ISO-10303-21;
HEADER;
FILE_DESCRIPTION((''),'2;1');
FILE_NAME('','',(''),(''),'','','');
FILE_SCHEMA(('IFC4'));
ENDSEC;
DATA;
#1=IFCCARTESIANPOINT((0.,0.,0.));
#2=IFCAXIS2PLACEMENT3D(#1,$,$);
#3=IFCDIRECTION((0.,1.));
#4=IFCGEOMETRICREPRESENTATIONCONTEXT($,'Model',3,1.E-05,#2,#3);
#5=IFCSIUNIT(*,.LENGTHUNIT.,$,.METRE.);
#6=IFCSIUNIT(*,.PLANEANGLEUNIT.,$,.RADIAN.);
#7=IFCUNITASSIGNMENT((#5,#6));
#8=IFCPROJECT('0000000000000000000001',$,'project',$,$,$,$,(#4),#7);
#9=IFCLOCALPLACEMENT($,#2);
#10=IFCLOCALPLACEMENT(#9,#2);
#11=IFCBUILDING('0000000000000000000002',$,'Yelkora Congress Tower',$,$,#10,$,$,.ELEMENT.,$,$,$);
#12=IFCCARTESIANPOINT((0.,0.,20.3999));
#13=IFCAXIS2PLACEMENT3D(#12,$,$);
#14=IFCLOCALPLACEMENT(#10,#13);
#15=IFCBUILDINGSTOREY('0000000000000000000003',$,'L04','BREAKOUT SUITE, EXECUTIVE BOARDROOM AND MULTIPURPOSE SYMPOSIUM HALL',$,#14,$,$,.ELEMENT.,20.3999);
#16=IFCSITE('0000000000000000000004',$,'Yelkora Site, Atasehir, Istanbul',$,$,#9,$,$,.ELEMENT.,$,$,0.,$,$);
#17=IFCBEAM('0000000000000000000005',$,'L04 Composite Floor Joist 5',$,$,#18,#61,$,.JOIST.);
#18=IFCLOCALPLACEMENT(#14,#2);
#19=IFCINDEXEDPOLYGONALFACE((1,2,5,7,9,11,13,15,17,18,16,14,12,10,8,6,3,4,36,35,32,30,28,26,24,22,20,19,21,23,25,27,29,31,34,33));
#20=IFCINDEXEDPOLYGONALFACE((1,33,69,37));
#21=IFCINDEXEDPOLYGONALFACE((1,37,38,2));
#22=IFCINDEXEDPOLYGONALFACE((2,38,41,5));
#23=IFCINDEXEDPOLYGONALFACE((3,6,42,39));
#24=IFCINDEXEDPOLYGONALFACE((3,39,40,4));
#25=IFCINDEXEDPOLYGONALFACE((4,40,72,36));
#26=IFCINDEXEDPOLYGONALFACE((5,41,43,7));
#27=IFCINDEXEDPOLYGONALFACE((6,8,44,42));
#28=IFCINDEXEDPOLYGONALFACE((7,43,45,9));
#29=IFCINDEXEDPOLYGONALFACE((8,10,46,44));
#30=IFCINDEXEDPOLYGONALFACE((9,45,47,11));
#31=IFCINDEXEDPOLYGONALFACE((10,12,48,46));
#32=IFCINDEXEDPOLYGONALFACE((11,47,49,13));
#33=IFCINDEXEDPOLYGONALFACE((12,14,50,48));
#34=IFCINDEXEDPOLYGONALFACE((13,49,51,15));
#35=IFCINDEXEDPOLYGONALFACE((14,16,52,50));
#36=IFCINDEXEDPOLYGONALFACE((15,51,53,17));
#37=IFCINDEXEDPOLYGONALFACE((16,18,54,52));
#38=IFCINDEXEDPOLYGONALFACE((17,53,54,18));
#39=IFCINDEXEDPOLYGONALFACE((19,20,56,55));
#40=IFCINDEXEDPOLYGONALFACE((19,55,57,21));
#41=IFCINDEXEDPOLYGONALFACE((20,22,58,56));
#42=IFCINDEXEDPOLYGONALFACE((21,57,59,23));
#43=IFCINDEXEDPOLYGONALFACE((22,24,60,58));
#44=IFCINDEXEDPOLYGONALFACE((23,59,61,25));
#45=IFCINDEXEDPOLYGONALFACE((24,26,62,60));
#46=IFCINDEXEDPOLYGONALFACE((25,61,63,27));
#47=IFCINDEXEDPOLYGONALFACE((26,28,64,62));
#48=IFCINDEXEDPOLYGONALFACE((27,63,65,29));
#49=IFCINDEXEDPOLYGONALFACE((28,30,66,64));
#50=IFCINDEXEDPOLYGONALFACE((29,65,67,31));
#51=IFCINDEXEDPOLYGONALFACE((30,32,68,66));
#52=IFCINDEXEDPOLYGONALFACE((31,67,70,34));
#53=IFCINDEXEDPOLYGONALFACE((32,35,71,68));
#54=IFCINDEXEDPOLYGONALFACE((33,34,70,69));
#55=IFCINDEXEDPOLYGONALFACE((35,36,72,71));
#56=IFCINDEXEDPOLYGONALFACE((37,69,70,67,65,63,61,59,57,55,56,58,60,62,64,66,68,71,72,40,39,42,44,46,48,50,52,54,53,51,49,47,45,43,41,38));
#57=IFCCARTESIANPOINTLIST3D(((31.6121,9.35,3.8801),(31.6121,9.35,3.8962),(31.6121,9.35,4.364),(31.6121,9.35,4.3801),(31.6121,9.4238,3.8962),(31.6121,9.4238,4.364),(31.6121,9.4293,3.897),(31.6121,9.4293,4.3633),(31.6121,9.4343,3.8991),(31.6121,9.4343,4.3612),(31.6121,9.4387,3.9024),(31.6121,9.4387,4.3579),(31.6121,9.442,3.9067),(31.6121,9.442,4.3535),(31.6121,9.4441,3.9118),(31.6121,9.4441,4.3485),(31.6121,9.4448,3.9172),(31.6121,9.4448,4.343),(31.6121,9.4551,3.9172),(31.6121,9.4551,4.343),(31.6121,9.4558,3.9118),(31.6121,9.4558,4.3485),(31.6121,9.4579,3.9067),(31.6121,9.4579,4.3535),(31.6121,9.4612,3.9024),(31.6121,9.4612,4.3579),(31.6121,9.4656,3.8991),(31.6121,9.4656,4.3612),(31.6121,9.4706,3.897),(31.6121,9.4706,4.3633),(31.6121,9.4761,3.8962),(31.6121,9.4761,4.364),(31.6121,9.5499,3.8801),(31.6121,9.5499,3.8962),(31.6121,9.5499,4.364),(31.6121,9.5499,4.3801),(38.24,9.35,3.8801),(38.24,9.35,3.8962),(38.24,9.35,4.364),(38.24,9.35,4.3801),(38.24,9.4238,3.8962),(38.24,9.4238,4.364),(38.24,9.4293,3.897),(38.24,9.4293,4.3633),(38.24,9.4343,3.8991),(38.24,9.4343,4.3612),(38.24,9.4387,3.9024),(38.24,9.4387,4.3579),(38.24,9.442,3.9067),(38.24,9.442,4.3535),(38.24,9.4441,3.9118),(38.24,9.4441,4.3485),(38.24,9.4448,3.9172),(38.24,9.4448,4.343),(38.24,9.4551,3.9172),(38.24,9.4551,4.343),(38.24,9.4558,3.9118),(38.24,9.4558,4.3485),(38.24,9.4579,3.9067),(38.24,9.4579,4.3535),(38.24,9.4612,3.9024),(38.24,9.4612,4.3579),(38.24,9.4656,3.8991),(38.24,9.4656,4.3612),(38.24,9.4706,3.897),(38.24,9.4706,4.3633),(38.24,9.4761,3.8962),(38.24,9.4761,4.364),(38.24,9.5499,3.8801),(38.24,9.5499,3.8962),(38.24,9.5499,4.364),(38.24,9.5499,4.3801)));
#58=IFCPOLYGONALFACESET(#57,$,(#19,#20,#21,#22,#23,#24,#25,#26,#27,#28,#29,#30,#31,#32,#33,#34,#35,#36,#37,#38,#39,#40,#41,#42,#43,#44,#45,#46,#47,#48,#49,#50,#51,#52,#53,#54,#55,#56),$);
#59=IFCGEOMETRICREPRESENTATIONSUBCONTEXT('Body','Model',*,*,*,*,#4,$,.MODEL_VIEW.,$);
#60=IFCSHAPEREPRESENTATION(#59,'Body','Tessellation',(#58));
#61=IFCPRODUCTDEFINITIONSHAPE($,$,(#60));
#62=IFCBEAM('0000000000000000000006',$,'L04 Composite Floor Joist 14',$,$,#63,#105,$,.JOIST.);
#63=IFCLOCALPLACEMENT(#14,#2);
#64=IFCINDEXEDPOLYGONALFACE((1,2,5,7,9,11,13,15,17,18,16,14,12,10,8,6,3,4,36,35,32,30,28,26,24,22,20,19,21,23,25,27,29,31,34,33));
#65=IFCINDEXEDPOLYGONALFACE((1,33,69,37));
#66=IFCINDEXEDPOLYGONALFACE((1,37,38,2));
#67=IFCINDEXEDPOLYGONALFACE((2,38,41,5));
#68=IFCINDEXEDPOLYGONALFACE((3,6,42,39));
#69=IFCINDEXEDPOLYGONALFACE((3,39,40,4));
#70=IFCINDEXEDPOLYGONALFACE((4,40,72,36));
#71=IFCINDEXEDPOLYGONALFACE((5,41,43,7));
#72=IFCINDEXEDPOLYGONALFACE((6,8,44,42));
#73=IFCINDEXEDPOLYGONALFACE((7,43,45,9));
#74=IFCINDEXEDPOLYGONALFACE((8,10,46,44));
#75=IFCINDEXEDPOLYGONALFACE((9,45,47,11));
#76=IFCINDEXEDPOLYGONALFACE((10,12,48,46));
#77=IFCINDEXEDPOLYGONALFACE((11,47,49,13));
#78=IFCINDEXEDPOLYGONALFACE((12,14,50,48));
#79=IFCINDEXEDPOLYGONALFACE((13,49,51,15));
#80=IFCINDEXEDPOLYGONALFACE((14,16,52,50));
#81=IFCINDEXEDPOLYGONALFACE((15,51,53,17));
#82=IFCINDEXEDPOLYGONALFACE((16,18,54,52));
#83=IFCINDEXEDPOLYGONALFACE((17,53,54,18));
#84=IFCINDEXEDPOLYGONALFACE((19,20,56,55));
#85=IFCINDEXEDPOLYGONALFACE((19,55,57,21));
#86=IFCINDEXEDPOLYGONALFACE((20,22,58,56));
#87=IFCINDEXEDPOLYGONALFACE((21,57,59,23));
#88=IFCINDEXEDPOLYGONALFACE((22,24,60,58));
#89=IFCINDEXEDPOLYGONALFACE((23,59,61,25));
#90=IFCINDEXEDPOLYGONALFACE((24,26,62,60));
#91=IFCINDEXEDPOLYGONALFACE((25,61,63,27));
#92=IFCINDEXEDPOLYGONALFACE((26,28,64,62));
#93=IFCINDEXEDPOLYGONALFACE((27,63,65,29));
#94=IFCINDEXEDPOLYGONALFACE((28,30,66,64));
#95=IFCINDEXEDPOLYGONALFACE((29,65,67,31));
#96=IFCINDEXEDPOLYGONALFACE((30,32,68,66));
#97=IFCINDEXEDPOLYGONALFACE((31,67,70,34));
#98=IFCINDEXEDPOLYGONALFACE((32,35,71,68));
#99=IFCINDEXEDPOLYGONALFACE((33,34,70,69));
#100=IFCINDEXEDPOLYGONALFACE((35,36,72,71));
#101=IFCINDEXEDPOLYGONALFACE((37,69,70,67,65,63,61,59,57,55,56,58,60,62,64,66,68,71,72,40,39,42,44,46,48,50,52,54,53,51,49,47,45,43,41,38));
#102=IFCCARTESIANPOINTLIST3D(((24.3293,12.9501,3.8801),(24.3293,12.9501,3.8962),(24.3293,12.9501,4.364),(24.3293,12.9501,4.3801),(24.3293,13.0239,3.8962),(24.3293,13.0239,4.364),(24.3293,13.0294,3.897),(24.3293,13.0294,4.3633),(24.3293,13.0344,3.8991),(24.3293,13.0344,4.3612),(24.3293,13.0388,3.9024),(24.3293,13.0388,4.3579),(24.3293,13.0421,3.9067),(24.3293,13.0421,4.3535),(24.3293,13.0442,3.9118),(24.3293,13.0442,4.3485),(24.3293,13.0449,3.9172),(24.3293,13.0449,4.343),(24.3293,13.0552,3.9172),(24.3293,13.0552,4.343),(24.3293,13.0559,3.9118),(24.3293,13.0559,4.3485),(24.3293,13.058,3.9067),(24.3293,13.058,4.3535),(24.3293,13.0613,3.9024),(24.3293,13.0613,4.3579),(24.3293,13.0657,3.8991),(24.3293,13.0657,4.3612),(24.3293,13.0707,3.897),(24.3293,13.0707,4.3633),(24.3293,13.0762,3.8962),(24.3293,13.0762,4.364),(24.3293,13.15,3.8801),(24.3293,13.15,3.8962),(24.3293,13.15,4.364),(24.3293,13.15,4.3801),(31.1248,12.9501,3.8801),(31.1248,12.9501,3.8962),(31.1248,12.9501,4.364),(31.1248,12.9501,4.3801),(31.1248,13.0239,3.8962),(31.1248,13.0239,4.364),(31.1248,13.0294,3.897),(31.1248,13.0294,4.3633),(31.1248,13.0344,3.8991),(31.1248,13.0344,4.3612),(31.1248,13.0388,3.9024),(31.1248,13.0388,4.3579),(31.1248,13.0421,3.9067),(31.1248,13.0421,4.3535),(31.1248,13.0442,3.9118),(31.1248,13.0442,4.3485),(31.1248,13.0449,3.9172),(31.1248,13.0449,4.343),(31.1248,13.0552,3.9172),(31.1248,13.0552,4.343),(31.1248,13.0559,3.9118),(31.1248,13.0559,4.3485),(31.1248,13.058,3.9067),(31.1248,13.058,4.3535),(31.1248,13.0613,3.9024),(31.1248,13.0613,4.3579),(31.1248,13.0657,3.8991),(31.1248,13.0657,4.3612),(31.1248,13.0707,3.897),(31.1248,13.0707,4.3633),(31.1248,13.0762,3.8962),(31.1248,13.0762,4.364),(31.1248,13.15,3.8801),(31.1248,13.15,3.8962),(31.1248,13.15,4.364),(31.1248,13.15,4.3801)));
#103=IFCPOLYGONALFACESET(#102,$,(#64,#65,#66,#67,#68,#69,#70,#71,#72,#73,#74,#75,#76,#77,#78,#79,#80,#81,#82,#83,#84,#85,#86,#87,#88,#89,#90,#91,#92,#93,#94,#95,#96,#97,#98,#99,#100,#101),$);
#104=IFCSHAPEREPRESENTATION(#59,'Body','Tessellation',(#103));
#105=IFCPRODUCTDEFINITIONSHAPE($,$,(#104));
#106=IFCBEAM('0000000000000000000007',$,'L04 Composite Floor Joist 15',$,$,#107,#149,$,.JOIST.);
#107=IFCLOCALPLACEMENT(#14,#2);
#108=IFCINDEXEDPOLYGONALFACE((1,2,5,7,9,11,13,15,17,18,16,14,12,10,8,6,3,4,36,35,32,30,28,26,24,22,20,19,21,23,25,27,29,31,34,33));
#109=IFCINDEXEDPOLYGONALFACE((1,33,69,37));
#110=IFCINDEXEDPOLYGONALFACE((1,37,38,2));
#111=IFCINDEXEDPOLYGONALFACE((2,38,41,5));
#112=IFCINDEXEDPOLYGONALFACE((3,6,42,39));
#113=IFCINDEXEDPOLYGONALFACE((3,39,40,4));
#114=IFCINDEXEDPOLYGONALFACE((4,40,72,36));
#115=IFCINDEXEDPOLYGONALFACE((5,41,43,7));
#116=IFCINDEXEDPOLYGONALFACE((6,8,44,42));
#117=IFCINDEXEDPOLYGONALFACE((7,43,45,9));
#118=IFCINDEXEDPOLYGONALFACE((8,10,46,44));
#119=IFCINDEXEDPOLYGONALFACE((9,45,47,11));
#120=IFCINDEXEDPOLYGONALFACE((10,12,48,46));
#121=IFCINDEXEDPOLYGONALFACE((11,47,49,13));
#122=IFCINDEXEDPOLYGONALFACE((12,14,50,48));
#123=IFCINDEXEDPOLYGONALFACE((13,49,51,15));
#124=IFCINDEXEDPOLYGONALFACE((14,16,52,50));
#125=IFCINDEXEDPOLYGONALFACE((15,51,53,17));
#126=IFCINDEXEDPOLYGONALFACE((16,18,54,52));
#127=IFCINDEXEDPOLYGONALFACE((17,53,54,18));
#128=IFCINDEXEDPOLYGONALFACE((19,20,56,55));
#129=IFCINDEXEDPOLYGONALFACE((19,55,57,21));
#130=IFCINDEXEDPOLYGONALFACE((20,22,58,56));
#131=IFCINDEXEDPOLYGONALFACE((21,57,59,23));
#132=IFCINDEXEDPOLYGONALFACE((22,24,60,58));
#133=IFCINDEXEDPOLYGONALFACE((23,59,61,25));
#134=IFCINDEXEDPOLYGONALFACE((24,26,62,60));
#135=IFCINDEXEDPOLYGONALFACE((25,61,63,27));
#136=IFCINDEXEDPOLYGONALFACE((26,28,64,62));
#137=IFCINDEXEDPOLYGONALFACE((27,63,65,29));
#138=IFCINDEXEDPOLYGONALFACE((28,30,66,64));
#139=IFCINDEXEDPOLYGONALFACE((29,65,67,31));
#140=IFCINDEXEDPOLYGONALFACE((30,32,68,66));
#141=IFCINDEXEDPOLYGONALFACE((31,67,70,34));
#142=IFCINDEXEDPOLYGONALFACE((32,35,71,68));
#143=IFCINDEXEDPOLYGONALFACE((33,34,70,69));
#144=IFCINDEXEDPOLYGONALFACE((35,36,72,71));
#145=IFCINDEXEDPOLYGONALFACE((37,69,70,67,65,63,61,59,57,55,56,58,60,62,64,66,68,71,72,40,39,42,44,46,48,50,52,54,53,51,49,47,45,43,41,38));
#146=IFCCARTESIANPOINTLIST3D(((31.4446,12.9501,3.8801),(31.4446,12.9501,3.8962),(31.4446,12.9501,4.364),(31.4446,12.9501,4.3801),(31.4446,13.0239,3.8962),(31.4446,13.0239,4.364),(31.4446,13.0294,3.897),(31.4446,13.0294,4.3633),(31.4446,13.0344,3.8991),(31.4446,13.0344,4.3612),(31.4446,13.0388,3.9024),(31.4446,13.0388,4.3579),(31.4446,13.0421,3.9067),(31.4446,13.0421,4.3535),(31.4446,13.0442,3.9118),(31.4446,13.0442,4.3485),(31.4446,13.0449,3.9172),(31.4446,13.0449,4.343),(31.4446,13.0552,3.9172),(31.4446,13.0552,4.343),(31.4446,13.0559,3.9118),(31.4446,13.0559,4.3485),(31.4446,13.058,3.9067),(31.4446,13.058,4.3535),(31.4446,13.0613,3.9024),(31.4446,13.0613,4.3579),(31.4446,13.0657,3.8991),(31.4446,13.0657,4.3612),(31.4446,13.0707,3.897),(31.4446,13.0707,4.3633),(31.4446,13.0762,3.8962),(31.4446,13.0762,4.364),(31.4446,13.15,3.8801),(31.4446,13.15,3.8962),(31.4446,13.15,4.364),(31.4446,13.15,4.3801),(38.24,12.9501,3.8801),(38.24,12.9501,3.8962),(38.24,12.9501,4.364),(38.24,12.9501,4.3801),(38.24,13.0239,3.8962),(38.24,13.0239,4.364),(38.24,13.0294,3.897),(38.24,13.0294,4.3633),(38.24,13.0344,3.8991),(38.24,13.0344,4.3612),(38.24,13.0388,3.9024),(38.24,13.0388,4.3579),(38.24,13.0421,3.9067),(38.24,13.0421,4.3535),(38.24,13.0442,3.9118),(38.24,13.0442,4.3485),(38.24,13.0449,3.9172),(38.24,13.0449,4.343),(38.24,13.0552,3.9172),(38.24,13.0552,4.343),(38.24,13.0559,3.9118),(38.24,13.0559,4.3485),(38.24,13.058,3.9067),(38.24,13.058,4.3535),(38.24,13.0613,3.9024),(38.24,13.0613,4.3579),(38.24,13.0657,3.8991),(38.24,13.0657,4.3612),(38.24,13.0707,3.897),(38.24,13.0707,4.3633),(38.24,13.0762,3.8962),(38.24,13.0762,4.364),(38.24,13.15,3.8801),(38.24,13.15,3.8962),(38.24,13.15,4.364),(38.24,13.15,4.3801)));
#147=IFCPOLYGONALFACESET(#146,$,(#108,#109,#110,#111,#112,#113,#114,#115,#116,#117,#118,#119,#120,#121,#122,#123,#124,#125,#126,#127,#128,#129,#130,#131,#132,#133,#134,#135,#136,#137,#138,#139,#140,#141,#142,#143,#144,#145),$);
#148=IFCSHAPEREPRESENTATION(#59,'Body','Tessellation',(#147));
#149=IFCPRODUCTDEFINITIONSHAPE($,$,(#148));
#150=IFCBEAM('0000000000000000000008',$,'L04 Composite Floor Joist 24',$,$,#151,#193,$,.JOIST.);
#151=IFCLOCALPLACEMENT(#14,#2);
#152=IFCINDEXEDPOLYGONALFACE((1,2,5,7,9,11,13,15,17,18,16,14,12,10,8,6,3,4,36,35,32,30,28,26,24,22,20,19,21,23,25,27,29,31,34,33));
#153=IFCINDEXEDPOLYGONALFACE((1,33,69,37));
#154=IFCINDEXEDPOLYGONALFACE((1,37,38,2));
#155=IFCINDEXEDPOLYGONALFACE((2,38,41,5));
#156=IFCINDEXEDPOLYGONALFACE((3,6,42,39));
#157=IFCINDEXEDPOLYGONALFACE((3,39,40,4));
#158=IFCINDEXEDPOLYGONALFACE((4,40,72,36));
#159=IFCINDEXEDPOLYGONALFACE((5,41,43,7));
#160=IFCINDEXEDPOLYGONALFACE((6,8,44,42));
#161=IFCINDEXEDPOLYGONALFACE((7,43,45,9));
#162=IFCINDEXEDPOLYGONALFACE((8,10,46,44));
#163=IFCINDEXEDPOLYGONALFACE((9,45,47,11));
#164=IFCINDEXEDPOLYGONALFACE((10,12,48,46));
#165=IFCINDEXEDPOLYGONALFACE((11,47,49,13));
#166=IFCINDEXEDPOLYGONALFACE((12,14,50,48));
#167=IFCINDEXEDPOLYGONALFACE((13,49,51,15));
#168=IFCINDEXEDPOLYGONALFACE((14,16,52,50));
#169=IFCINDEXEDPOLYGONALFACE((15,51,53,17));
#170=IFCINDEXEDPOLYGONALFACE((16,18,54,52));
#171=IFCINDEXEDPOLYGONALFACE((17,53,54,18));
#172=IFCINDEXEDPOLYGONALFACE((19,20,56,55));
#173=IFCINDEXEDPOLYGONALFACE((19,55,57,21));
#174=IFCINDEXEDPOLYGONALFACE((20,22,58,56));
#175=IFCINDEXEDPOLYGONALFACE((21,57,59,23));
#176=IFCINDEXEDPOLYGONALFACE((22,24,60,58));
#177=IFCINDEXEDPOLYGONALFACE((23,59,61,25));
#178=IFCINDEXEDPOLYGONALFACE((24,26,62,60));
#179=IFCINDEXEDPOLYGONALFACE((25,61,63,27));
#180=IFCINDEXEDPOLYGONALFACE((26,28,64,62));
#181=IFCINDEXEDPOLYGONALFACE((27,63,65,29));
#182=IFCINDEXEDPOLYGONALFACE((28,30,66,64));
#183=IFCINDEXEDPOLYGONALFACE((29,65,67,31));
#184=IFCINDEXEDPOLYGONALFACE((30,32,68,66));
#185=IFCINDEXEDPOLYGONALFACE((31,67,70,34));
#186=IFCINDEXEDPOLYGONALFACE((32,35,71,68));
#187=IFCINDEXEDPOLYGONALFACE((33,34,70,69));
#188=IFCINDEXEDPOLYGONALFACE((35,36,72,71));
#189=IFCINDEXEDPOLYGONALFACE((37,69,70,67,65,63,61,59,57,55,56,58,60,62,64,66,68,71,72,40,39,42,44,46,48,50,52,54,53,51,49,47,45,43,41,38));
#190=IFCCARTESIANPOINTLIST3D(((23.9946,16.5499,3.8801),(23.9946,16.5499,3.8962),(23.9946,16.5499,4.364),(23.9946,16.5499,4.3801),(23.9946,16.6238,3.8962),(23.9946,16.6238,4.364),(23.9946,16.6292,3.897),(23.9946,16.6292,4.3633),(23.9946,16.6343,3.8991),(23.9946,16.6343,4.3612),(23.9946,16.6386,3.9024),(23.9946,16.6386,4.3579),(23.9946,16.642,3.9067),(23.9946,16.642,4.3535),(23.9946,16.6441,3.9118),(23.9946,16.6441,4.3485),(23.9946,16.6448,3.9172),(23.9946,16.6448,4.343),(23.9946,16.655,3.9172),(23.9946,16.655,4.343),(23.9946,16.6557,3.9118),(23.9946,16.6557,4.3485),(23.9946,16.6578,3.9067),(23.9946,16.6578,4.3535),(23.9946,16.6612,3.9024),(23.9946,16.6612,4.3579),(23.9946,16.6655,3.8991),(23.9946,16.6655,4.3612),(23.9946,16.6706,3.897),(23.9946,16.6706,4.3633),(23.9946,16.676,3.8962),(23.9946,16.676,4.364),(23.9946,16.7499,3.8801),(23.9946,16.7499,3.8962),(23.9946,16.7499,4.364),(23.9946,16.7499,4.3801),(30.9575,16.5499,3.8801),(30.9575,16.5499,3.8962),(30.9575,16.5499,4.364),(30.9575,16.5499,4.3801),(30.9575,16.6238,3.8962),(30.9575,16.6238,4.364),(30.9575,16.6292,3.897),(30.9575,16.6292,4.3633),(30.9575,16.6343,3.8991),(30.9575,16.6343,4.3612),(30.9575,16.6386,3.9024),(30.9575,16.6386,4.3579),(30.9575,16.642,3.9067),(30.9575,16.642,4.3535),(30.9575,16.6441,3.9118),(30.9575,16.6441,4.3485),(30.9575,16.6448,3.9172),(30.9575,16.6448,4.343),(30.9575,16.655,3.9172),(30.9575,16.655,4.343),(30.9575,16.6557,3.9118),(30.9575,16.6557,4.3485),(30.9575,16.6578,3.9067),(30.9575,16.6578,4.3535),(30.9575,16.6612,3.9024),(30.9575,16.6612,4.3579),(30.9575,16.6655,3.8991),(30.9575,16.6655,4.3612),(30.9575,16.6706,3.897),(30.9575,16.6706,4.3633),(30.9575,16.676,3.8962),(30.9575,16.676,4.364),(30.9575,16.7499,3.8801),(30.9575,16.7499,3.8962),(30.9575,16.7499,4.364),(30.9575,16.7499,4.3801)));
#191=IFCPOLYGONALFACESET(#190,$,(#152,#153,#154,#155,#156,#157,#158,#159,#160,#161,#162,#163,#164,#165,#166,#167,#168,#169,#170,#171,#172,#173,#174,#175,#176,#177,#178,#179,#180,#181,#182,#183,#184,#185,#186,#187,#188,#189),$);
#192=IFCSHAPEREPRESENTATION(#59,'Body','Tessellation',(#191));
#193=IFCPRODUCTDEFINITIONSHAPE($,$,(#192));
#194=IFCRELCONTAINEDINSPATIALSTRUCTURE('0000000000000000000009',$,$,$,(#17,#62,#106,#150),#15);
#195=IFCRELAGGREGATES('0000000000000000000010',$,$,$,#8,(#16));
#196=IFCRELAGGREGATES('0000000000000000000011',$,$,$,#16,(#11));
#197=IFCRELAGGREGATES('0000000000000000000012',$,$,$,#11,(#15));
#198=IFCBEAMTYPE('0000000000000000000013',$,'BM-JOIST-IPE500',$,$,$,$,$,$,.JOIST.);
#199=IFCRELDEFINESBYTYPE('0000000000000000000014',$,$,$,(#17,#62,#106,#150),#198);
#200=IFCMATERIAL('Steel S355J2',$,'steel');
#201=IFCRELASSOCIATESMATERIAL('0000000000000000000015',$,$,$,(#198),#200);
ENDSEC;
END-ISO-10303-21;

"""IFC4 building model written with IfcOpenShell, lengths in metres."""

from ifc_helpers import new_model, si_unit, direction, frame, origin, origin_2d, place, context, subcontext, project, spatial, i_section, extrude, material, material_profile, profile_set, type_object, element, save


model = new_model("IFC4")

# Units and contexts
model_context = context("Model", 3, precision=1e-05, world=origin(), true_north=direction((0.0, 1.0)))
body_context = subcontext(model_context, "Body", "Model", "MODEL_VIEW")
ifc_project = project(units=[si_unit("LENGTHUNIT", "METRE"), si_unit("PLANEANGLEUNIT", "RADIAN")], contexts=[model_context])

# Site, building, storey
site_placement = place(None, origin())
site = spatial("IfcSite", under=ifc_project, at=site_placement, Name="Yelkora Site, Atasehir, Istanbul", CompositionType="ELEMENT", RefElevation=0.0)
building_placement = place(site_placement, origin())
building = spatial("IfcBuilding", under=site, at=building_placement, Name="Yelkora Congress Tower", CompositionType="ELEMENT")
storey_placement = place(building_placement, frame((0.0, 0.0, 20.3999)))
storey = spatial("IfcBuildingStorey", under=building, at=storey_placement, Name="L04", Description="BREAKOUT SUITE, EXECUTIVE BOARDROOM AND MULTIPURPOSE SYMPOSIUM HALL", CompositionType="ELEMENT", Elevation=20.3999)

# Beams
ifc_material_1 = material(Name="Steel S355J2", Category="steel")
ifc_material_profile_1 = material_profile(ifc_material_1, i_section(OverallWidth=0.2, OverallDepth=0.5, WebThickness=0.0103, FlangeThickness=0.0161, FilletRadius=0.021, at=origin_2d()), Name="IPE 500")
ifc_profile_set_1 = profile_set([ifc_material_profile_1], Name="Steel S355J2")
beam_type_1 = type_object("IfcBeamType", Name="BM-JOIST-IPE500", PredefinedType="JOIST", material=ifc_profile_set_1)
for number, where, z_axis, x_axis, name in (
    (1, (31.6121, 9.45, 4.1301), (1.0, 0.0, 0.0), (0.0, 1.0, 0.0), "L04 Composite Floor Joist 5"),
):
    element("IfcBeam", number, at=place(storey_placement, frame(where, z_axis=z_axis, x_axis=x_axis)), inside=storey, type_object=beam_type_1, Name=name, PredefinedType="JOIST", context=body_context, shape_type="SweptSolid", body=[
        extrude(i_section(OverallWidth=0.2, OverallDepth=0.5, WebThickness=0.0103, FlangeThickness=0.0161, FilletRadius=0.021, at=origin_2d()), origin(), (0.0, 0.0, 1.0), 6.6279),
    ])
for number, where, z_axis, x_axis, name in (
    (2, (24.3293, 13.05, 4.1301), (1.0, 0.0, 0.0), (0.0, 1.0, 0.0), "L04 Composite Floor Joist 14"),
    (3, (31.4446, 13.05, 4.1301), (1.0, 0.0, 0.0), (0.0, 1.0, 0.0), "L04 Composite Floor Joist 15"),
):
    element("IfcBeam", number, at=place(storey_placement, frame(where, z_axis=z_axis, x_axis=x_axis)), inside=storey, type_object=beam_type_1, Name=name, PredefinedType="JOIST", context=body_context, shape_type="SweptSolid", body=[
        extrude(i_section(OverallWidth=0.2, OverallDepth=0.5, WebThickness=0.0103, FlangeThickness=0.0161, FilletRadius=0.021, at=origin_2d()), origin(), (0.0, 0.0, 1.0), 6.7954),
    ])
beam_1_placement = place(storey_placement, frame((23.9946, 16.6499, 4.1301), z_axis=(1.0, 0.0, 0.0), x_axis=(0.0, 1.0, 0.0)))
element("IfcBeam", 4, at=beam_1_placement, inside=storey, type_object=beam_type_1, Name="L04 Composite Floor Joist 24", PredefinedType="JOIST", context=body_context, shape_type="SweptSolid", body=[
    extrude(i_section(OverallWidth=0.2, OverallDepth=0.5, WebThickness=0.0103, FlangeThickness=0.0161, FilletRadius=0.021, at=origin_2d()), origin(), (0.0, 0.0, 1.0), 6.9629),
])

save(model, "model.ifc")
